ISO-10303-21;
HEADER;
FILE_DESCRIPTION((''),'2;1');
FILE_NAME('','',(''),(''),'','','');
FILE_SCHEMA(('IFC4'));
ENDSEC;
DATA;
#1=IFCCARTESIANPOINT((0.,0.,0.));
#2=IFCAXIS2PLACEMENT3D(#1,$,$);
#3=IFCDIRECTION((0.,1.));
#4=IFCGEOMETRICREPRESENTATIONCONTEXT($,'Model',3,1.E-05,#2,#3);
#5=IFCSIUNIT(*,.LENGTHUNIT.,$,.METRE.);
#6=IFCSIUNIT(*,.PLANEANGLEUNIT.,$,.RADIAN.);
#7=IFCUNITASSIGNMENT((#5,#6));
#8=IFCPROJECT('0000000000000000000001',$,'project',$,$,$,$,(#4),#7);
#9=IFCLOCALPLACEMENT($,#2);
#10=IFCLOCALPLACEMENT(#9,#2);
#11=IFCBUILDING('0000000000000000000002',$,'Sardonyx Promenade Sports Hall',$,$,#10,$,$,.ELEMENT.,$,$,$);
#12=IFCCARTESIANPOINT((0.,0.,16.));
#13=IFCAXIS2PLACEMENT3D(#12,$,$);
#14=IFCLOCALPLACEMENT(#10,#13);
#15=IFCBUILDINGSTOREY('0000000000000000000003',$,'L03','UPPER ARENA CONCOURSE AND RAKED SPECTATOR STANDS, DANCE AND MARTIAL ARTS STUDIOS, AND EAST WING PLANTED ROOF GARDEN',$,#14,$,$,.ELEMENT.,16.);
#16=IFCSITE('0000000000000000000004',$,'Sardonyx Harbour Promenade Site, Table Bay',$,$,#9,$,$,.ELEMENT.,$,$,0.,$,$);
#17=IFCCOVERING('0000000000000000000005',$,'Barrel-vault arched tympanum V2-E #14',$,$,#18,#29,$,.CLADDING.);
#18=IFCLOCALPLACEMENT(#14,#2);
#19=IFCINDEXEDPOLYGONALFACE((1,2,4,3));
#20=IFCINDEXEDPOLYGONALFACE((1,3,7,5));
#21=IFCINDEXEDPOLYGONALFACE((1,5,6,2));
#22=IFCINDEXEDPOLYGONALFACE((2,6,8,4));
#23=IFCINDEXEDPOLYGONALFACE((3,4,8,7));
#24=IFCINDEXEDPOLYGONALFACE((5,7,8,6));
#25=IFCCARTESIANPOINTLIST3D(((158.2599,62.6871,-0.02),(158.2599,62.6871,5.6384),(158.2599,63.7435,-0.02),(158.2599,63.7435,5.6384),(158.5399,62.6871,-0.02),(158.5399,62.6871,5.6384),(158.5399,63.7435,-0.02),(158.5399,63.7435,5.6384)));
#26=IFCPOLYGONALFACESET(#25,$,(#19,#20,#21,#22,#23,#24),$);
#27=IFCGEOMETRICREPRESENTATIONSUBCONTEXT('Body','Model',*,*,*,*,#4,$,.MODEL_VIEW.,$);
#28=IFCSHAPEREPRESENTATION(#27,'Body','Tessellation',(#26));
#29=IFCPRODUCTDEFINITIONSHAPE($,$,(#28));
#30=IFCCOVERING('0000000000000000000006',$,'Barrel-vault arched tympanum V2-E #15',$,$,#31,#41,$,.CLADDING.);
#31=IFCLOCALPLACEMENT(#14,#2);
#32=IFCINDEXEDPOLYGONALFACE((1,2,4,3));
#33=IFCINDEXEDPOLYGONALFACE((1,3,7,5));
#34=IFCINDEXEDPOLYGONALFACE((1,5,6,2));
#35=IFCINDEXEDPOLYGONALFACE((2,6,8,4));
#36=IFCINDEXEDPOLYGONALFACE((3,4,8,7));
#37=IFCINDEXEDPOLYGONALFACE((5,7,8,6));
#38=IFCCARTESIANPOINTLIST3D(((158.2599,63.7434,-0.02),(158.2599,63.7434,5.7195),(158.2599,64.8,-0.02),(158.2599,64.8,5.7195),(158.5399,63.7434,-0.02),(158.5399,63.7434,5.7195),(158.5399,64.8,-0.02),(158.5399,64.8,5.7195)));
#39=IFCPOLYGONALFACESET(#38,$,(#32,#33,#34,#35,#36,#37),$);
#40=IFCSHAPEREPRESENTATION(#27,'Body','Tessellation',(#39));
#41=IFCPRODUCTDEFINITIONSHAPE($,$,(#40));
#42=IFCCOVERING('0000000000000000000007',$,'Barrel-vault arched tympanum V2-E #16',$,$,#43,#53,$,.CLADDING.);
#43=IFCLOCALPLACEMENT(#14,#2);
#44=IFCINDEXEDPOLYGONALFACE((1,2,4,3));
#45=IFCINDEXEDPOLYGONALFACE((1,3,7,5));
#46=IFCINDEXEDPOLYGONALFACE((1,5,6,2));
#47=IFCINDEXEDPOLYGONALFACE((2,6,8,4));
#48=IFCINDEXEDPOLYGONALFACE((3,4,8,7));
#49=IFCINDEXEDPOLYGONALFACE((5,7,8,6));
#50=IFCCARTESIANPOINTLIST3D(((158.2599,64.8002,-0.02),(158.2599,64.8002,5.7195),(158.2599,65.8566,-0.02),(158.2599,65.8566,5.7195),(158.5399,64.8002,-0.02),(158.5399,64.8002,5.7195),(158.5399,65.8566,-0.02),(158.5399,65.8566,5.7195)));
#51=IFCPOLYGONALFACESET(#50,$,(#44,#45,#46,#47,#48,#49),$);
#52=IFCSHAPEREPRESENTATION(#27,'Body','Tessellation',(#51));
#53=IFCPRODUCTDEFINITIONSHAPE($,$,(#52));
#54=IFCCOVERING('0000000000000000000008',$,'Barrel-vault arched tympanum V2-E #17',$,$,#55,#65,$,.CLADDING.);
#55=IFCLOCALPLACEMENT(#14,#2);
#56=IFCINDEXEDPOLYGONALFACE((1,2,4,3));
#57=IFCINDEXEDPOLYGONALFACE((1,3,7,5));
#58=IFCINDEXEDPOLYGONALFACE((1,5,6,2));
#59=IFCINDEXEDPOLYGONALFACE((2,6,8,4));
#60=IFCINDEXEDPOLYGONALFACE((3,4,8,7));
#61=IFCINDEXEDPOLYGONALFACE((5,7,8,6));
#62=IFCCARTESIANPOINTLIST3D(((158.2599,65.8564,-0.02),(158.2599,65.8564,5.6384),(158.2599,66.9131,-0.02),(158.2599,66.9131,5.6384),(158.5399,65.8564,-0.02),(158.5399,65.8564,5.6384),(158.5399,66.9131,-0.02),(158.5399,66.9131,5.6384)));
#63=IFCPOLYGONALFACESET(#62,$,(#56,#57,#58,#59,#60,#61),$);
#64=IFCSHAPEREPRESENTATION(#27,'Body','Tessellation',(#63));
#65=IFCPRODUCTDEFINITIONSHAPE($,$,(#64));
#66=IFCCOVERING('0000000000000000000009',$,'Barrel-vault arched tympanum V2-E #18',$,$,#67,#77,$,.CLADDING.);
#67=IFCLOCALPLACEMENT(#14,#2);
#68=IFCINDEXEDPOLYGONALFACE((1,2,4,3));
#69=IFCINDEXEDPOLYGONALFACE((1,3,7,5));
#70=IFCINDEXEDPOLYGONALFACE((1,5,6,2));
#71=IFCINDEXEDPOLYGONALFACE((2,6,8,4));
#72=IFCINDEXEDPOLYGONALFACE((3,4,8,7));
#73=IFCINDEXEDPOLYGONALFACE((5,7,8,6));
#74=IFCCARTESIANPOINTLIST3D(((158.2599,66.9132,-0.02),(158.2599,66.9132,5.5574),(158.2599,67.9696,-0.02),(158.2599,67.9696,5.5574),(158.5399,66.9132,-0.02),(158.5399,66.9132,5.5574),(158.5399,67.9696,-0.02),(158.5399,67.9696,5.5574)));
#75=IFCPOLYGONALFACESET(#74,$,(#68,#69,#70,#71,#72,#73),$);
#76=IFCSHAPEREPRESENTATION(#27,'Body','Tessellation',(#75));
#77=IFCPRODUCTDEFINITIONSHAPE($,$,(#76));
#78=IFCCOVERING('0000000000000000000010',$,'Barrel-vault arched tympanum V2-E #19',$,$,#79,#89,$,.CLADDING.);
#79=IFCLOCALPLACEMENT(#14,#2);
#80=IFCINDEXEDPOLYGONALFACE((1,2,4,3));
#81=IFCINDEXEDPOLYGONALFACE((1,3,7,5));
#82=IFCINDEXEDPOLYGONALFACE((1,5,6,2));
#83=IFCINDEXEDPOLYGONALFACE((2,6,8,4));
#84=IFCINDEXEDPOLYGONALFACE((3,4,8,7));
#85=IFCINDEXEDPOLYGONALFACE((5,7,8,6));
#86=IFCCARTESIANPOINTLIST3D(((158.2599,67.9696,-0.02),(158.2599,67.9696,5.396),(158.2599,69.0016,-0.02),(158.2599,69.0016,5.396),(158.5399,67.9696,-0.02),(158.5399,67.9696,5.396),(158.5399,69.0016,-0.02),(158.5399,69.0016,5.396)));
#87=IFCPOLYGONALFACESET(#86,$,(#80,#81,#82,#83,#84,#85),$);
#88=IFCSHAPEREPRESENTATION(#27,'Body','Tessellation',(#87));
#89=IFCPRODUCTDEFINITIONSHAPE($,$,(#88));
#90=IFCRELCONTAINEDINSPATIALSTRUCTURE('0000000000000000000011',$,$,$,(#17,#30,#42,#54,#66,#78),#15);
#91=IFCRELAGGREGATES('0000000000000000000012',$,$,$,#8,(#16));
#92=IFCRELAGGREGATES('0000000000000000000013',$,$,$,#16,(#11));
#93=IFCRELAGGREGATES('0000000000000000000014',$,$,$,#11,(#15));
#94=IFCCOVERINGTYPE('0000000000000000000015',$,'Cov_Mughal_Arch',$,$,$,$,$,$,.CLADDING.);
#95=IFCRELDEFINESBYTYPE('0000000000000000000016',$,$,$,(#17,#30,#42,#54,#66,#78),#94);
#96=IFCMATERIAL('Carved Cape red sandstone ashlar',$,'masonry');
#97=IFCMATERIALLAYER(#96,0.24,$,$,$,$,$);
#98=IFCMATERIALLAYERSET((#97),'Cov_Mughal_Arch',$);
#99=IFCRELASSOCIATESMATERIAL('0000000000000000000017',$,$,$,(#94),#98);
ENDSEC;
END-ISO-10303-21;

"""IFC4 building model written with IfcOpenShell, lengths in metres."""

from ifc_helpers import new_model, si_unit, direction, frame, frame_2d, origin, place, context, subcontext, project, spatial, rectangle, extrude, material, layer, layer_set, type_object, element, save


model = new_model("IFC4")

# Units and contexts
model_context = context("Model", 3, precision=1e-05, world=origin(), true_north=direction((0.0, 1.0)))
body_context = subcontext(model_context, "Body", "Model", "MODEL_VIEW")
ifc_project = project(units=[si_unit("LENGTHUNIT", "METRE"), si_unit("PLANEANGLEUNIT", "RADIAN")], contexts=[model_context])

# Site, building, storey
site_placement = place(None, origin())
site = spatial("IfcSite", under=ifc_project, at=site_placement, Name="Sardonyx Harbour Promenade Site, Table Bay", CompositionType="ELEMENT", RefElevation=0.0)
building_placement = place(site_placement, origin())
building = spatial("IfcBuilding", under=site, at=building_placement, Name="Sardonyx Promenade Sports Hall", CompositionType="ELEMENT")
storey_placement = place(building_placement, frame((0.0, 0.0, 16.0)))
storey = spatial("IfcBuildingStorey", under=building, at=storey_placement, Name="L03", Description="UPPER ARENA CONCOURSE AND RAKED SPECTATOR STANDS, DANCE AND MARTIAL ARTS STUDIOS, AND EAST WING PLANTED ROOF GARDEN", CompositionType="ELEMENT", Elevation=16.0)

# Coverings
ifc_material_1 = material(Name="Carved Cape red sandstone ashlar", Category="masonry")
ifc_layer_1 = layer(ifc_material_1, 0.24)
ifc_layer_set_1 = layer_set([ifc_layer_1], Name="Cov_Mughal_Arch")
covering_type_1 = type_object("IfcCoveringType", Name="Cov_Mughal_Arch", PredefinedType="CLADDING", material=ifc_layer_set_1)
covering_1_placement = place(storey_placement, frame((158.3999, 62.687, -0.02), z_axis=(0.0, 0.0, 1.0), x_axis=(0.0, 1.0, 0.0)))
element("IfcCovering", 1, at=covering_1_placement, inside=storey, type_object=covering_type_1, Name="Barrel-vault arched tympanum V2-E #14", PredefinedType="CLADDING", context=body_context, shape_type="SweptSolid", body=[
    extrude(rectangle(XDim=1.0564, YDim=0.28, at=frame_2d((0.5283, 0.0))), origin(), (0.0, 0.0, 1.0), 5.6584),
])
covering_2_placement = place(storey_placement, frame((158.3999, 63.7434, -0.02), z_axis=(0.0, 0.0, 1.0), x_axis=(0.0, 1.0, 0.0)))
element("IfcCovering", 2, at=covering_2_placement, inside=storey, type_object=covering_type_1, Name="Barrel-vault arched tympanum V2-E #15", PredefinedType="CLADDING", context=body_context, shape_type="SweptSolid", body=[
    extrude(rectangle(XDim=1.0566, YDim=0.28, at=frame_2d((0.5283, 0.0))), origin(), (0.0, 0.0, 1.0), 5.7395),
])
covering_3_placement = place(storey_placement, frame((158.3999, 64.8, -0.02), z_axis=(0.0, 0.0, 1.0), x_axis=(0.0, 1.0, 0.0)))
element("IfcCovering", 3, at=covering_3_placement, inside=storey, type_object=covering_type_1, Name="Barrel-vault arched tympanum V2-E #16", PredefinedType="CLADDING", context=body_context, shape_type="SweptSolid", body=[
    extrude(rectangle(XDim=1.0564, YDim=0.28, at=frame_2d((0.5283, 0.0))), origin(), (0.0, 0.0, 1.0), 5.7395),
])
covering_4_placement = place(storey_placement, frame((158.3999, 65.8564, -0.02), z_axis=(0.0, 0.0, 1.0), x_axis=(0.0, 1.0, 0.0)))
element("IfcCovering", 4, at=covering_4_placement, inside=storey, type_object=covering_type_1, Name="Barrel-vault arched tympanum V2-E #17", PredefinedType="CLADDING", context=body_context, shape_type="SweptSolid", body=[
    extrude(rectangle(XDim=1.0566, YDim=0.28, at=frame_2d((0.5283, 0.0))), origin(), (0.0, 0.0, 1.0), 5.6584),
])
covering_5_placement = place(storey_placement, frame((158.3999, 66.9131, -0.02), z_axis=(0.0, 0.0, 1.0), x_axis=(0.0, 1.0, 0.0)))
element("IfcCovering", 5, at=covering_5_placement, inside=storey, type_object=covering_type_1, Name="Barrel-vault arched tympanum V2-E #18", PredefinedType="CLADDING", context=body_context, shape_type="SweptSolid", body=[
    extrude(rectangle(XDim=1.0564, YDim=0.28, at=frame_2d((0.5283, 0.0))), origin(), (0.0, 0.0, 1.0), 5.5774),
])
covering_6_placement = place(storey_placement, frame((158.3999, 67.9695, -0.02), z_axis=(0.0, 0.0, 1.0), x_axis=(0.0, 1.0, 0.0)))
element("IfcCovering", 6, at=covering_6_placement, inside=storey, type_object=covering_type_1, Name="Barrel-vault arched tympanum V2-E #19", PredefinedType="CLADDING", context=body_context, shape_type="SweptSolid", body=[
    extrude(rectangle(XDim=1.032, YDim=0.28, at=frame_2d((0.5161, 0.0))), origin(), (0.0, 0.0, 1.0), 5.416),
])

save(model, "model.ifc")
